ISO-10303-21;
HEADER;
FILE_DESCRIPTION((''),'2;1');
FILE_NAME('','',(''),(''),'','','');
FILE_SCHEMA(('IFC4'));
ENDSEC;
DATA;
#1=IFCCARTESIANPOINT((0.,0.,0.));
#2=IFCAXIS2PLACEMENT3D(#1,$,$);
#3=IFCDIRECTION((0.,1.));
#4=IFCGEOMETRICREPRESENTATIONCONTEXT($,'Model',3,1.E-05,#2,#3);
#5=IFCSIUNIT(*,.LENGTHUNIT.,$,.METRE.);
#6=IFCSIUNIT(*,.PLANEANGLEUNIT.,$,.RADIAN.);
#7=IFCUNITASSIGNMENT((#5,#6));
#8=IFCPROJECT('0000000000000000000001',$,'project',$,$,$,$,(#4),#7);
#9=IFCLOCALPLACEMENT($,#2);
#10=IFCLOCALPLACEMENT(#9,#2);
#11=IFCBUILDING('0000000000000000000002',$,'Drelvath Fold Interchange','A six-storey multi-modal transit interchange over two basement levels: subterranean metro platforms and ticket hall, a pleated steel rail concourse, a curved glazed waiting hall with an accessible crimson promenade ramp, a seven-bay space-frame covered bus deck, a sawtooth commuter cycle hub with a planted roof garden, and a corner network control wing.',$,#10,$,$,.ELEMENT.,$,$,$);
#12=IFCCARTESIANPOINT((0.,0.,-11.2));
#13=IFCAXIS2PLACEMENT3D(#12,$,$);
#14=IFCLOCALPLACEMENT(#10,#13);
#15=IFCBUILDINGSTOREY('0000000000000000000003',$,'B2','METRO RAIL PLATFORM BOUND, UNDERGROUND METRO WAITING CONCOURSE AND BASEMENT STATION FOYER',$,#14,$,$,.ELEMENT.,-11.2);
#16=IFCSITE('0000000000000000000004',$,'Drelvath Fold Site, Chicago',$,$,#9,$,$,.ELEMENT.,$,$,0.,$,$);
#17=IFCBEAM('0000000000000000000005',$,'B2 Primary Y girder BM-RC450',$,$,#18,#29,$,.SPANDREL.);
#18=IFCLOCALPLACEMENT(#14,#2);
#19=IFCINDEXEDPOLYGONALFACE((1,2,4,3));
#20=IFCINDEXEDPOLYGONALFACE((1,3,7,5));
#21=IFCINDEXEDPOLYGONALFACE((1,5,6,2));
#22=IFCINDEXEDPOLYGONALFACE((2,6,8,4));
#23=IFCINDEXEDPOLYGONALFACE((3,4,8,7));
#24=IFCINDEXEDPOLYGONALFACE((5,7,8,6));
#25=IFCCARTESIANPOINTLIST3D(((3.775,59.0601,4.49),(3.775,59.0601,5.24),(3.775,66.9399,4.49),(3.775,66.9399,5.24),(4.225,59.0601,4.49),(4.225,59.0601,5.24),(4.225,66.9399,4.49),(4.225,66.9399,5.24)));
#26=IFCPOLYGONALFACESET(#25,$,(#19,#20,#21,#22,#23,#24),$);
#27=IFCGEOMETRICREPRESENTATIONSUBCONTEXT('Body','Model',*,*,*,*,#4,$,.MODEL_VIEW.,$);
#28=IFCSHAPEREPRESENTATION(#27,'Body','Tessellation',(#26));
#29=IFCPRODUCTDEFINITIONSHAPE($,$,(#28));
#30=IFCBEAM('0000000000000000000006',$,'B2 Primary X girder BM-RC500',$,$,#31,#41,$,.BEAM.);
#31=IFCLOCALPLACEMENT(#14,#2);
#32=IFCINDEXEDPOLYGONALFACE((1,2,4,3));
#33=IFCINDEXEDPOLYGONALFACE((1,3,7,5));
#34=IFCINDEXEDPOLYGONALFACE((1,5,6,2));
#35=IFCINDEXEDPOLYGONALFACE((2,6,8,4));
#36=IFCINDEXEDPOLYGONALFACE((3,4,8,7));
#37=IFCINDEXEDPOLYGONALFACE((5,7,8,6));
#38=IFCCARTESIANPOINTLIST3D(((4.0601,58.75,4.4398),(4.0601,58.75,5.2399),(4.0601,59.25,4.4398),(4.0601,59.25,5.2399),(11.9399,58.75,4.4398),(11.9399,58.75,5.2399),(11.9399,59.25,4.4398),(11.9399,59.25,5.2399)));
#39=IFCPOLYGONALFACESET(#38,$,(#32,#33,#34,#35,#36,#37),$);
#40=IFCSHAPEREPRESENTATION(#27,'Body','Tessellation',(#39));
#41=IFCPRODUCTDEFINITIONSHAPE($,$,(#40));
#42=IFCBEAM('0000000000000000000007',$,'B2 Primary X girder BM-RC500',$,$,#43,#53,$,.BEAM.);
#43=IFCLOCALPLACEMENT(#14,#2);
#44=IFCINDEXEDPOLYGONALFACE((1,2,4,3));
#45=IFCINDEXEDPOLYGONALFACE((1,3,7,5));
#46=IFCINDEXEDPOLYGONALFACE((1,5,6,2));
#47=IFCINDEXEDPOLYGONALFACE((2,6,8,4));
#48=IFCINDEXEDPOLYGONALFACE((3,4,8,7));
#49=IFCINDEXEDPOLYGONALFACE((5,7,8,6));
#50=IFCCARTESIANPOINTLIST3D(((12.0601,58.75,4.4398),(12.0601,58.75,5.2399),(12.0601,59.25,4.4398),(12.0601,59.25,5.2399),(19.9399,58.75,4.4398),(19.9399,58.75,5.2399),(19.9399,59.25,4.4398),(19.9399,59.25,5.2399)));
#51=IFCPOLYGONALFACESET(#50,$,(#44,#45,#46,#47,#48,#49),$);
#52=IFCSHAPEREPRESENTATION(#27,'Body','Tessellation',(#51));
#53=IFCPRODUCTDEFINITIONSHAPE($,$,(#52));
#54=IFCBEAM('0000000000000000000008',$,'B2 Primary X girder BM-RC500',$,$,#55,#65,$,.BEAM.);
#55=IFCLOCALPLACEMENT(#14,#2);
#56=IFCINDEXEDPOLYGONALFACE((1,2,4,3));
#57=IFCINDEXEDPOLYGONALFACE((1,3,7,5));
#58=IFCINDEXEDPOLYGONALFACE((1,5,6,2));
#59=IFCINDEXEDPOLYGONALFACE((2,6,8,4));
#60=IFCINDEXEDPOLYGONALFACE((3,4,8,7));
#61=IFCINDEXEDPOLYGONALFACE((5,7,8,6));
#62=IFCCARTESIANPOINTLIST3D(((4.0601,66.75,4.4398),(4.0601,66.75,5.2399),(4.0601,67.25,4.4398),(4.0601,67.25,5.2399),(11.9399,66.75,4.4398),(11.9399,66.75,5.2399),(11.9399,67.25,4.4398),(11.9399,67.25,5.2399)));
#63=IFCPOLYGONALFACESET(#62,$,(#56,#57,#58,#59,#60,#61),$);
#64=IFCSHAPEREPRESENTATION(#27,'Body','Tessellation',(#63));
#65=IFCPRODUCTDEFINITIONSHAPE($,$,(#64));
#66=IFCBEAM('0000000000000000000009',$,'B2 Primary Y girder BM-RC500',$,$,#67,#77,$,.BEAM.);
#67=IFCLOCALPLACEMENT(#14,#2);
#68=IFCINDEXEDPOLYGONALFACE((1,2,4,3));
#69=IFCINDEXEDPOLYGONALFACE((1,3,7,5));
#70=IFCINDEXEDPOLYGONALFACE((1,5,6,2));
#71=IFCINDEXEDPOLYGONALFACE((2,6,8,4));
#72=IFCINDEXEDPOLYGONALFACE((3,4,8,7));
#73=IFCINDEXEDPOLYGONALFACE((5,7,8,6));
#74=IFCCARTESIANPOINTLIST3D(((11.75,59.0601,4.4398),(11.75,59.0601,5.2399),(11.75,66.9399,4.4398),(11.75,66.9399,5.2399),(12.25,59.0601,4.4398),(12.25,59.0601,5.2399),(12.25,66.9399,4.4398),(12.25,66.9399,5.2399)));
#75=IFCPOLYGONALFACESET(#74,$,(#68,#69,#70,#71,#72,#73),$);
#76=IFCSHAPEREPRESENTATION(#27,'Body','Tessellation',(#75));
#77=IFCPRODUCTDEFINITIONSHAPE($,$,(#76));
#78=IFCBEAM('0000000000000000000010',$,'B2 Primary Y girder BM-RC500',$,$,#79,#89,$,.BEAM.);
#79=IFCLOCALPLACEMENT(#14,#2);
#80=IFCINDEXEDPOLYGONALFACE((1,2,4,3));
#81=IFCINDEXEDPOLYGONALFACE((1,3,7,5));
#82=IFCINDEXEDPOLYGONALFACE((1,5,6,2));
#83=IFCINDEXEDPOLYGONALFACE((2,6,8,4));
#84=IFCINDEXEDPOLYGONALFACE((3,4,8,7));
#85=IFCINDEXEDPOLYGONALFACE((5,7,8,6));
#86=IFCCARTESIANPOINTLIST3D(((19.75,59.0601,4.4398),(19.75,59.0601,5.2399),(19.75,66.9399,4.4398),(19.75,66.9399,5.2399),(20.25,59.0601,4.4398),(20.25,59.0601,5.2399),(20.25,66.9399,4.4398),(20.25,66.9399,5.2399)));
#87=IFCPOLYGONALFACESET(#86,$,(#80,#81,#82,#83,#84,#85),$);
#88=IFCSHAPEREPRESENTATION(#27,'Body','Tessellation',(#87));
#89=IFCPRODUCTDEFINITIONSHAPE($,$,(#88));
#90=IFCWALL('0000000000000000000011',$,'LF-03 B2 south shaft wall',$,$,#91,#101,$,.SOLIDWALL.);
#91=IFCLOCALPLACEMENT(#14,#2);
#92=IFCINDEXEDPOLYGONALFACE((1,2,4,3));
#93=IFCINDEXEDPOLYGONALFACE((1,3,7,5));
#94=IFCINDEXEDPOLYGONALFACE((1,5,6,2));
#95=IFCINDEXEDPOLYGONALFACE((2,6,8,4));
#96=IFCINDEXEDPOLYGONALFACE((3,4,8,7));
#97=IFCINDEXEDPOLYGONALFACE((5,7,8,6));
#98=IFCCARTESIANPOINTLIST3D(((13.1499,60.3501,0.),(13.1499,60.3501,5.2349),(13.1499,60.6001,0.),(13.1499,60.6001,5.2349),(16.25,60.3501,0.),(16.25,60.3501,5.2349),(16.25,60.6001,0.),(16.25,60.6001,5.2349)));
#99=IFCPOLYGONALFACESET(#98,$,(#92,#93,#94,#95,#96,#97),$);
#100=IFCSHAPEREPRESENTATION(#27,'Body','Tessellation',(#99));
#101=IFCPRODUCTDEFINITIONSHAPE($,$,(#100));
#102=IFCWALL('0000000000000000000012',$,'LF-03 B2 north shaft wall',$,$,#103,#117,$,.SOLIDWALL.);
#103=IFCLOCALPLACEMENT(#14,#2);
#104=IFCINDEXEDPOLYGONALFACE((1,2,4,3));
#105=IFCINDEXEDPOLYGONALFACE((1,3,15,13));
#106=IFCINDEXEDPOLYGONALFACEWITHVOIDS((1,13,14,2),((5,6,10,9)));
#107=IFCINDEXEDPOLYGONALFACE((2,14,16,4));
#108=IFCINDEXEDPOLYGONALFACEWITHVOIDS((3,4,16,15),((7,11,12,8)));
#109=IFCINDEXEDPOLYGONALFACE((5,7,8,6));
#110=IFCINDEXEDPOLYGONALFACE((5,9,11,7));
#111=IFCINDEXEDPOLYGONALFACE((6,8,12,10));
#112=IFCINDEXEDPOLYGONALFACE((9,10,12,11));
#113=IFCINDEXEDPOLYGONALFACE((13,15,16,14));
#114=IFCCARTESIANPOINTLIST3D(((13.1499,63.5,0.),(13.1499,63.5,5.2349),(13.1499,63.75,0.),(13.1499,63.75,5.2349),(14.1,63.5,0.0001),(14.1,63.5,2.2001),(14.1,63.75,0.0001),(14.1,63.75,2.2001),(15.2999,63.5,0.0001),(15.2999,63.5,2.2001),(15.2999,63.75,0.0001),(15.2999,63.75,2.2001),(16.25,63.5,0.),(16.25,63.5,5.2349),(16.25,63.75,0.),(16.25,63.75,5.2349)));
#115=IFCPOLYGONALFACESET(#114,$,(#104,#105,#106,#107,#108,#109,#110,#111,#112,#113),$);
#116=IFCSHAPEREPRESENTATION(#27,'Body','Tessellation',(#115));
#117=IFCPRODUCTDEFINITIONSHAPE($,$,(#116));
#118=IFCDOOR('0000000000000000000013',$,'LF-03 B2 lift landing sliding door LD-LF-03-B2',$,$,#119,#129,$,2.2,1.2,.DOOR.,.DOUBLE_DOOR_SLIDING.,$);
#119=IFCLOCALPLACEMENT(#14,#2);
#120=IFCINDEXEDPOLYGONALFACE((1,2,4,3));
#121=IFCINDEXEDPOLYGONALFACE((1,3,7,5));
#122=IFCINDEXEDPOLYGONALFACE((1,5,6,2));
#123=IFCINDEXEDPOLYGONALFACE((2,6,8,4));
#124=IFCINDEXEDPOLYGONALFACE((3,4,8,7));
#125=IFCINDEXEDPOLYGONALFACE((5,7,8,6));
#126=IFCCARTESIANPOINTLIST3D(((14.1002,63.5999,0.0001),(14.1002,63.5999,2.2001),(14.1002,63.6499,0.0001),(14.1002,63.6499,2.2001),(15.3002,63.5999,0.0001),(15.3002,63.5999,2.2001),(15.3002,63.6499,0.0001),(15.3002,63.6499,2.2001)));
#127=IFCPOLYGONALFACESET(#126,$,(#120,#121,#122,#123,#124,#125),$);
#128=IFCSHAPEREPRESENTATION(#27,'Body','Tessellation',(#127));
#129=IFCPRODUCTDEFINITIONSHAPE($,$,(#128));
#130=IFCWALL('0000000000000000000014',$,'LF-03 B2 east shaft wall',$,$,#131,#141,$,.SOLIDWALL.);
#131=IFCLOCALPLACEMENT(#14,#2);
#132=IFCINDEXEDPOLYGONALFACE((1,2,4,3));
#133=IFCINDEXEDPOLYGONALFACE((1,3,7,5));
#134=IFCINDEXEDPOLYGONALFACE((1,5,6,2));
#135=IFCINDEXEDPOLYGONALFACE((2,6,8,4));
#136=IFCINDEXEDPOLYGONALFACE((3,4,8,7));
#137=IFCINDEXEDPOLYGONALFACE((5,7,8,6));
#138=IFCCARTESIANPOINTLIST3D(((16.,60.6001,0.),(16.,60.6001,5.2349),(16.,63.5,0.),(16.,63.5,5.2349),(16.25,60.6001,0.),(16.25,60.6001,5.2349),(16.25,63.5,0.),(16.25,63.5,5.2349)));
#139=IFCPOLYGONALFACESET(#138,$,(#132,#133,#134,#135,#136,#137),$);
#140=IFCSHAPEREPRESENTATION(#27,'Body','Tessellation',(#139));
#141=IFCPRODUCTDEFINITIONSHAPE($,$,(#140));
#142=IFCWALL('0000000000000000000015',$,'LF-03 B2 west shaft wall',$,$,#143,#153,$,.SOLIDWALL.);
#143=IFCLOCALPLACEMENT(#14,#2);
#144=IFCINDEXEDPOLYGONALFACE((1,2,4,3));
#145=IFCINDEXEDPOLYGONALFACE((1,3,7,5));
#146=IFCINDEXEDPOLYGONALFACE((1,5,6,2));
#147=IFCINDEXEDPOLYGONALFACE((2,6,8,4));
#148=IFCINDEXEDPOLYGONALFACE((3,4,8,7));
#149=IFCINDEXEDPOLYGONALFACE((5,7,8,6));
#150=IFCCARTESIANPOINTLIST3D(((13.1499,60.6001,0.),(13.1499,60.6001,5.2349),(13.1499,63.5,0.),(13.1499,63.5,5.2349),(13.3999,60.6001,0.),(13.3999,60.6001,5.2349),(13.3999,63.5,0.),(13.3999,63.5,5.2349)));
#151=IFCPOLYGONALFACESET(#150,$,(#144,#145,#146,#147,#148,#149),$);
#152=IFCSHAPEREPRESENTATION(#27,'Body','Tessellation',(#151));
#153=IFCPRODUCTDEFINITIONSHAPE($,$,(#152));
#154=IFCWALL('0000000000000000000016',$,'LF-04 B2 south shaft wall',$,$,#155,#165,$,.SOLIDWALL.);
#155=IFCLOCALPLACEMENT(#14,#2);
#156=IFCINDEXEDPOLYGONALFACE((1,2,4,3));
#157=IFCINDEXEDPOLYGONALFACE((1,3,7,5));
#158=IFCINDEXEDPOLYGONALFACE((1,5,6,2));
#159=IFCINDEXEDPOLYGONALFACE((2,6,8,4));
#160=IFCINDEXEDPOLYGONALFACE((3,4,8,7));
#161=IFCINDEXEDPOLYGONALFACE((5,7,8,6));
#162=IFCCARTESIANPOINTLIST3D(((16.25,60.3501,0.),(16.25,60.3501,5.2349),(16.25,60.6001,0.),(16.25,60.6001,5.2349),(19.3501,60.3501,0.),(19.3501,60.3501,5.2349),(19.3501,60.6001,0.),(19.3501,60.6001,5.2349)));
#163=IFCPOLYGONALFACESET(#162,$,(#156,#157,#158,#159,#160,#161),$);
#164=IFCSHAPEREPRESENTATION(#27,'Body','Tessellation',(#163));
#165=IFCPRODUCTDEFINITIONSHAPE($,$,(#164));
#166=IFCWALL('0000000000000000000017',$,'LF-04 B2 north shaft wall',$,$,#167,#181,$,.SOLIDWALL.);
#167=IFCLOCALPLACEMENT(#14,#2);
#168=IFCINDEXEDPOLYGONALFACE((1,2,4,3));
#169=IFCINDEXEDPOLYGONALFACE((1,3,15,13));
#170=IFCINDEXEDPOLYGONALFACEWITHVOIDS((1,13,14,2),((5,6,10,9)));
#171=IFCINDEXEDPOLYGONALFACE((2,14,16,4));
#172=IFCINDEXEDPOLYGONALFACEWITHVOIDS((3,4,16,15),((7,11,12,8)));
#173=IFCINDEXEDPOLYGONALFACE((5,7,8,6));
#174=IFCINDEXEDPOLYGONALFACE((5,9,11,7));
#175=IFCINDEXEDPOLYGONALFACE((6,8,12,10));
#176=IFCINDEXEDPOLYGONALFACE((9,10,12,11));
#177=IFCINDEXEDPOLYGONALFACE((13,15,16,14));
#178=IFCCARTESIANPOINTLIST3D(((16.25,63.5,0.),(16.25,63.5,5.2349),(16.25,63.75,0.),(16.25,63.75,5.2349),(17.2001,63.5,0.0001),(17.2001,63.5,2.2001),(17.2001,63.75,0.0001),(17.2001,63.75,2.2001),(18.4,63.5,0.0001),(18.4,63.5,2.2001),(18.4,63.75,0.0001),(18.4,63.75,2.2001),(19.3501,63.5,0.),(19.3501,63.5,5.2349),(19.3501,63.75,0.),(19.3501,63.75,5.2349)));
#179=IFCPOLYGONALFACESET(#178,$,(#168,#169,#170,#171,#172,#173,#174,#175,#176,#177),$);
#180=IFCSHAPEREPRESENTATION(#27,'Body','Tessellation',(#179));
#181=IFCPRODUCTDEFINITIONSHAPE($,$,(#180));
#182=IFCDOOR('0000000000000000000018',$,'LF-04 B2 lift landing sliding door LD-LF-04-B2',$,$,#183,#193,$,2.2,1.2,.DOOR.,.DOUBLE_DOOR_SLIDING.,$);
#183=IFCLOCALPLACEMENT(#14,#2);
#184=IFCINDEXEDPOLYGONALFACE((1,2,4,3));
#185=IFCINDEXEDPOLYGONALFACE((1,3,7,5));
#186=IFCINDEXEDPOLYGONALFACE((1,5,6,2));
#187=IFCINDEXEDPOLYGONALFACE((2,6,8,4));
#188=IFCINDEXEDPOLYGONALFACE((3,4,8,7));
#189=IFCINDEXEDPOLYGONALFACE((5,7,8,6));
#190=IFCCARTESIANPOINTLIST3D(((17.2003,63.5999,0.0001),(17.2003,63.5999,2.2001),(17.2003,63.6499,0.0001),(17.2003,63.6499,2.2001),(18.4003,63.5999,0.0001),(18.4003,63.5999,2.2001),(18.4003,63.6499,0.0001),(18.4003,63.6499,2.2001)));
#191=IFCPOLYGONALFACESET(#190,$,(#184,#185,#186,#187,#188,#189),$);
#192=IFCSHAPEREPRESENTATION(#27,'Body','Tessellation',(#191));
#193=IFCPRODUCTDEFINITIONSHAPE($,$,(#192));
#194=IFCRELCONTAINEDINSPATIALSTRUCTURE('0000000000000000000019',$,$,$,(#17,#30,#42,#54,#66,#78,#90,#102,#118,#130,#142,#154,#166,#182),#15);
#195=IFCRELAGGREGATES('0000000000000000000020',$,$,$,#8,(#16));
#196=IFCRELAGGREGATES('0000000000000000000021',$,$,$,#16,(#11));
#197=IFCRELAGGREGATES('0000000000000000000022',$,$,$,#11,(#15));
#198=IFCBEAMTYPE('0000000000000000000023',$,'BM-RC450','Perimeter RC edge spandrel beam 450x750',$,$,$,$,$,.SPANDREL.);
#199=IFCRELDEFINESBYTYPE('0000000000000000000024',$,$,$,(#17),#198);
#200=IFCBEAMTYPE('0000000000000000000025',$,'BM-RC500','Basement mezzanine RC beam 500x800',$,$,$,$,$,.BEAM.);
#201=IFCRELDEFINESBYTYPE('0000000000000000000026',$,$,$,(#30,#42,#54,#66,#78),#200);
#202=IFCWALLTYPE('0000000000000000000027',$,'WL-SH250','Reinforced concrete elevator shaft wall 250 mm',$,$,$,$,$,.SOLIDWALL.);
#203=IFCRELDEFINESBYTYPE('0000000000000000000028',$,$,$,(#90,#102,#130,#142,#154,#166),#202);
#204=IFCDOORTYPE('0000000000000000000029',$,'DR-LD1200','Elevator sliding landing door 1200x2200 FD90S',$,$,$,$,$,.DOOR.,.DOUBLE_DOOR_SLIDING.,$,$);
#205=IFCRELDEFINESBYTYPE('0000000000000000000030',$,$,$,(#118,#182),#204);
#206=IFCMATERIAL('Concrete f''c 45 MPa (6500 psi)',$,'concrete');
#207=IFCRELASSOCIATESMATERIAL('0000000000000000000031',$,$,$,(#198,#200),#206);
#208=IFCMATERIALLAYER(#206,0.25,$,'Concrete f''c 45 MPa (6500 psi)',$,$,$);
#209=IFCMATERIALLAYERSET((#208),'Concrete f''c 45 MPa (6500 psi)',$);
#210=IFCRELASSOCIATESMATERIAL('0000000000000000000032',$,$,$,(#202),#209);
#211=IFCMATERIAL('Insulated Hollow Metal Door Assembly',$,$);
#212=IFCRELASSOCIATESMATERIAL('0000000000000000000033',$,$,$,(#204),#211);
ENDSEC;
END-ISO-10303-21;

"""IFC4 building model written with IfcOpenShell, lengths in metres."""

from ifc_helpers import new_model, si_unit, direction, frame, frame_2d, origin, origin_2d, place, context, subcontext, project, spatial, rectangle, extrude, material, layer, layer_set, material_profile, profile_set, type_object, element, fill, save


model = new_model("IFC4")

# Units and contexts
model_context = context("Model", 3, precision=1e-05, world=origin(), true_north=direction((0.0, 1.0)))
body_context = subcontext(model_context, "Body", "Model", "MODEL_VIEW")
ifc_project = project(units=[si_unit("LENGTHUNIT", "METRE"), si_unit("PLANEANGLEUNIT", "RADIAN")], contexts=[model_context])

# Site, building, storey
site_placement = place(None, origin())
site = spatial("IfcSite", under=ifc_project, at=site_placement, Name="Drelvath Fold Site, Chicago", CompositionType="ELEMENT", RefElevation=0.0)
building_placement = place(site_placement, origin())
building = spatial("IfcBuilding", under=site, at=building_placement, Name="Drelvath Fold Interchange", Description="A six-storey multi-modal transit interchange over two basement levels: subterranean metro platforms and ticket hall, a pleated steel rail concourse, a curved glazed waiting hall with an accessible crimson promenade ramp, a seven-bay space-frame covered bus deck, a sawtooth commuter cycle hub with a planted roof garden, and a corner network control wing.", CompositionType="ELEMENT")
storey_placement = place(building_placement, frame((0.0, 0.0, -11.2)))
storey = spatial("IfcBuildingStorey", under=building, at=storey_placement, Name="B2", Description="METRO RAIL PLATFORM BOUND, UNDERGROUND METRO WAITING CONCOURSE AND BASEMENT STATION FOYER", CompositionType="ELEMENT", Elevation=-11.2)

# Beams
ifc_material_1 = material(Name="Concrete f'c 45 MPa (6500 psi)", Category="concrete")
ifc_material_profile_1 = material_profile(ifc_material_1, rectangle(XDim=0.45, YDim=0.75, at=origin_2d()), Name="RC 450x750")
ifc_profile_set_1 = profile_set([ifc_material_profile_1], Name="Concrete f'c 45 MPa (6500 psi)")
beam_type_1 = type_object("IfcBeamType", Name="BM-RC450", Description="Perimeter RC edge spandrel beam 450x750", PredefinedType="SPANDREL", material=ifc_profile_set_1)
beam_placement = place(storey_placement, frame((4.0, 59.0601, 4.865), z_axis=(0.0, 1.0, 0.0), x_axis=(-1.0, 0.0, 0.0)))
element("IfcBeam", 1, at=beam_placement, inside=storey, type_object=beam_type_1, Name="B2 Primary Y girder BM-RC450", PredefinedType="SPANDREL", context=body_context, shape_type="SweptSolid", body=[
    extrude(rectangle(XDim=0.45, YDim=0.75, at=origin_2d()), origin(), (0.0, 0.0, 1.0), 7.8799),
])
ifc_material_profile_2 = material_profile(ifc_material_1, rectangle(XDim=0.5, YDim=0.8, at=origin_2d()), Name="RC 500x800")
ifc_profile_set_2 = profile_set([ifc_material_profile_2], Name="Concrete f'c 45 MPa (6500 psi)")
beam_type_2 = type_object("IfcBeamType", Name="BM-RC500", Description="Basement mezzanine RC beam 500x800", PredefinedType="BEAM", material=ifc_profile_set_2)
for number, where, z_axis, x_axis, name in (
    (2, (4.0601, 59.0, 4.8398), (1.0, 0.0, 0.0), (0.0, 1.0, 0.0), "B2 Primary X girder BM-RC500"),
    (3, (12.0601, 59.0, 4.8398), (1.0, 0.0, 0.0), (0.0, 1.0, 0.0), "B2 Primary X girder BM-RC500"),
    (4, (4.0601, 67.0, 4.8398), (1.0, 0.0, 0.0), (0.0, 1.0, 0.0), "B2 Primary X girder BM-RC500"),
    (5, (12.0, 59.0601, 4.8398), (0.0, 1.0, 0.0), (-1.0, 0.0, 0.0), "B2 Primary Y girder BM-RC500"),
    (6, (20.0, 59.0601, 4.8398), (0.0, 1.0, 0.0), (-1.0, 0.0, 0.0), "B2 Primary Y girder BM-RC500"),
):
    element("IfcBeam", number, at=place(storey_placement, frame(where, z_axis=z_axis, x_axis=x_axis)), inside=storey, type_object=beam_type_2, Name=name, PredefinedType="BEAM", context=body_context, shape_type="SweptSolid", body=[
        extrude(rectangle(XDim=0.5, YDim=0.8, at=origin_2d()), origin(), (0.0, 0.0, 1.0), 7.8799),
    ])

# Wall
ifc_layer = layer(ifc_material_1, 0.25, Name="Concrete f'c 45 MPa (6500 psi)")
ifc_layer_set = layer_set([ifc_layer], Name="Concrete f'c 45 MPa (6500 psi)")
wall_type = type_object("IfcWallType", Name="WL-SH250", Description="Reinforced concrete elevator shaft wall 250 mm", PredefinedType="SOLIDWALL", material=ifc_layer_set)
wall_1_placement = place(storey_placement, frame((13.1499, 60.4751, 0.0), z_axis=(0.0, 0.0, 1.0), x_axis=(1.0, 0.0, 0.0)))
element("IfcWall", 7, at=wall_1_placement, inside=storey, type_object=wall_type, Name="LF-03 B2 south shaft wall", PredefinedType="SOLIDWALL", context=body_context, shape_type="SweptSolid", body=[
    extrude(rectangle(XDim=3.1001, YDim=0.25, at=frame_2d((1.55, 0.0))), origin(), (0.0, 0.0, 1.0), 5.2349),
])

# Wall, opening, door
wall_2_placement = place(storey_placement, frame((16.25, 63.625, 0.0), z_axis=(0.0, 0.0, 1.0), x_axis=(-1.0, 0.0, 0.0)))
wall_2 = element("IfcWall", 8, at=wall_2_placement, inside=storey, type_object=wall_type, Name="LF-03 B2 north shaft wall", PredefinedType="SOLIDWALL", context=body_context, shape_type="SweptSolid", body=[
    extrude(rectangle(XDim=3.1001, YDim=0.25, at=frame_2d((1.55, 0.0))), origin(), (0.0, 0.0, 1.0), 5.2349),
])
opening_1_placement = place(wall_2_placement, frame((0.95, 0.0, 0.0)))
opening_1 = element("IfcOpeningElement", 9, at=opening_1_placement, cuts=wall_2, PredefinedType="OPENING", context=body_context, shape_type="SweptSolid", body=[
    extrude(rectangle(XDim=1.2, YDim=2.2, at=frame_2d((0.6001, 1.1001))), frame((0.0, 0.135, 0.0), z_axis=(0.0, -1.0, 0.0), x_axis=(1.0, 0.0, 0.0)), (0.0, 0.0, 1.0), 0.27),
])
ifc_material_2 = material(Name="Insulated Hollow Metal Door Assembly")
door_type = type_object("IfcDoorType", Name="DR-LD1200", Description="Elevator sliding landing door 1200x2200 FD90S", OperationType="DOUBLE_DOOR_SLIDING", PredefinedType="DOOR", material=ifc_material_2)
door_1_placement = place(opening_1_placement, frame((1.2, 0.0, 0.0), z_axis=(0.0, 0.0, 1.0), x_axis=(-1.0, 0.0, 0.0)))
door_1 = element("IfcDoor", 10, at=door_1_placement, inside=storey, type_object=door_type, Name="LF-03 B2 lift landing sliding door LD-LF-03-B2", OperationType="DOUBLE_DOOR_SLIDING", OverallHeight=2.2, OverallWidth=1.2, PredefinedType="DOOR", context=body_context, shape_type="SweptSolid", body=[
    extrude(rectangle(XDim=1.2, YDim=2.2, at=frame_2d((0.6001, 1.1001))), frame((0.0, 0.0249, 0.0), z_axis=(0.0, -1.0, 0.0), x_axis=(1.0, 0.0, 0.0)), (0.0, 0.0, 1.0), 0.05),
])
fill(opening_1, door_1)

# Walls
for number, where, z_axis, x_axis, name in (
    (11, (16.125, 60.6001, 0.0), (0.0, 0.0, 1.0), (0.0, 1.0, 0.0), "LF-03 B2 east shaft wall"),
    (12, (13.2749, 63.5, 0.0), (0.0, 0.0, 1.0), (0.0, -1.0, 0.0), "LF-03 B2 west shaft wall"),
):
    element("IfcWall", number, at=place(storey_placement, frame(where, z_axis=z_axis, x_axis=x_axis)), inside=storey, type_object=wall_type, Name=name, PredefinedType="SOLIDWALL", context=body_context, shape_type="SweptSolid", body=[
        extrude(rectangle(XDim=2.8999, YDim=0.25, at=frame_2d((1.45, 0.0))), origin(), (0.0, 0.0, 1.0), 5.2349),
    ])
wall_3_placement = place(storey_placement, frame((16.25, 60.4751, 0.0), z_axis=(0.0, 0.0, 1.0), x_axis=(1.0, 0.0, 0.0)))
element("IfcWall", 13, at=wall_3_placement, inside=storey, type_object=wall_type, Name="LF-04 B2 south shaft wall", PredefinedType="SOLIDWALL", context=body_context, shape_type="SweptSolid", body=[
    extrude(rectangle(XDim=3.1001, YDim=0.25, at=frame_2d((1.55, 0.0))), origin(), (0.0, 0.0, 1.0), 5.2349),
])

# Wall, opening, door
wall_4_placement = place(storey_placement, frame((19.3501, 63.625, 0.0), z_axis=(0.0, 0.0, 1.0), x_axis=(-1.0, 0.0, 0.0)))
wall_4 = element("IfcWall", 14, at=wall_4_placement, inside=storey, type_object=wall_type, Name="LF-04 B2 north shaft wall", PredefinedType="SOLIDWALL", context=body_context, shape_type="SweptSolid", body=[
    extrude(rectangle(XDim=3.1001, YDim=0.25, at=frame_2d((1.55, 0.0))), origin(), (0.0, 0.0, 1.0), 5.2349),
])
opening_2_placement = place(wall_4_placement, frame((0.95, 0.0, 0.0)))
opening_2 = element("IfcOpeningElement", 15, at=opening_2_placement, cuts=wall_4, PredefinedType="OPENING", context=body_context, shape_type="SweptSolid", body=[
    extrude(rectangle(XDim=1.2, YDim=2.2, at=frame_2d((0.6001, 1.1001))), frame((0.0, 0.135, 0.0), z_axis=(0.0, -1.0, 0.0), x_axis=(1.0, 0.0, 0.0)), (0.0, 0.0, 1.0), 0.27),
])
door_2_placement = place(opening_2_placement, frame((1.2, 0.0, 0.0), z_axis=(0.0, 0.0, 1.0), x_axis=(-1.0, 0.0, 0.0)))
door_2 = element("IfcDoor", 16, at=door_2_placement, inside=storey, type_object=door_type, Name="LF-04 B2 lift landing sliding door LD-LF-04-B2", OperationType="DOUBLE_DOOR_SLIDING", OverallHeight=2.2, OverallWidth=1.2, PredefinedType="DOOR", context=body_context, shape_type="SweptSolid", body=[
    extrude(rectangle(XDim=1.2, YDim=2.2, at=frame_2d((0.6001, 1.1001))), frame((0.0, 0.0249, 0.0), z_axis=(0.0, -1.0, 0.0), x_axis=(1.0, 0.0, 0.0)), (0.0, 0.0, 1.0), 0.05),
])
fill(opening_2, door_2)

save(model, "model.ifc")
